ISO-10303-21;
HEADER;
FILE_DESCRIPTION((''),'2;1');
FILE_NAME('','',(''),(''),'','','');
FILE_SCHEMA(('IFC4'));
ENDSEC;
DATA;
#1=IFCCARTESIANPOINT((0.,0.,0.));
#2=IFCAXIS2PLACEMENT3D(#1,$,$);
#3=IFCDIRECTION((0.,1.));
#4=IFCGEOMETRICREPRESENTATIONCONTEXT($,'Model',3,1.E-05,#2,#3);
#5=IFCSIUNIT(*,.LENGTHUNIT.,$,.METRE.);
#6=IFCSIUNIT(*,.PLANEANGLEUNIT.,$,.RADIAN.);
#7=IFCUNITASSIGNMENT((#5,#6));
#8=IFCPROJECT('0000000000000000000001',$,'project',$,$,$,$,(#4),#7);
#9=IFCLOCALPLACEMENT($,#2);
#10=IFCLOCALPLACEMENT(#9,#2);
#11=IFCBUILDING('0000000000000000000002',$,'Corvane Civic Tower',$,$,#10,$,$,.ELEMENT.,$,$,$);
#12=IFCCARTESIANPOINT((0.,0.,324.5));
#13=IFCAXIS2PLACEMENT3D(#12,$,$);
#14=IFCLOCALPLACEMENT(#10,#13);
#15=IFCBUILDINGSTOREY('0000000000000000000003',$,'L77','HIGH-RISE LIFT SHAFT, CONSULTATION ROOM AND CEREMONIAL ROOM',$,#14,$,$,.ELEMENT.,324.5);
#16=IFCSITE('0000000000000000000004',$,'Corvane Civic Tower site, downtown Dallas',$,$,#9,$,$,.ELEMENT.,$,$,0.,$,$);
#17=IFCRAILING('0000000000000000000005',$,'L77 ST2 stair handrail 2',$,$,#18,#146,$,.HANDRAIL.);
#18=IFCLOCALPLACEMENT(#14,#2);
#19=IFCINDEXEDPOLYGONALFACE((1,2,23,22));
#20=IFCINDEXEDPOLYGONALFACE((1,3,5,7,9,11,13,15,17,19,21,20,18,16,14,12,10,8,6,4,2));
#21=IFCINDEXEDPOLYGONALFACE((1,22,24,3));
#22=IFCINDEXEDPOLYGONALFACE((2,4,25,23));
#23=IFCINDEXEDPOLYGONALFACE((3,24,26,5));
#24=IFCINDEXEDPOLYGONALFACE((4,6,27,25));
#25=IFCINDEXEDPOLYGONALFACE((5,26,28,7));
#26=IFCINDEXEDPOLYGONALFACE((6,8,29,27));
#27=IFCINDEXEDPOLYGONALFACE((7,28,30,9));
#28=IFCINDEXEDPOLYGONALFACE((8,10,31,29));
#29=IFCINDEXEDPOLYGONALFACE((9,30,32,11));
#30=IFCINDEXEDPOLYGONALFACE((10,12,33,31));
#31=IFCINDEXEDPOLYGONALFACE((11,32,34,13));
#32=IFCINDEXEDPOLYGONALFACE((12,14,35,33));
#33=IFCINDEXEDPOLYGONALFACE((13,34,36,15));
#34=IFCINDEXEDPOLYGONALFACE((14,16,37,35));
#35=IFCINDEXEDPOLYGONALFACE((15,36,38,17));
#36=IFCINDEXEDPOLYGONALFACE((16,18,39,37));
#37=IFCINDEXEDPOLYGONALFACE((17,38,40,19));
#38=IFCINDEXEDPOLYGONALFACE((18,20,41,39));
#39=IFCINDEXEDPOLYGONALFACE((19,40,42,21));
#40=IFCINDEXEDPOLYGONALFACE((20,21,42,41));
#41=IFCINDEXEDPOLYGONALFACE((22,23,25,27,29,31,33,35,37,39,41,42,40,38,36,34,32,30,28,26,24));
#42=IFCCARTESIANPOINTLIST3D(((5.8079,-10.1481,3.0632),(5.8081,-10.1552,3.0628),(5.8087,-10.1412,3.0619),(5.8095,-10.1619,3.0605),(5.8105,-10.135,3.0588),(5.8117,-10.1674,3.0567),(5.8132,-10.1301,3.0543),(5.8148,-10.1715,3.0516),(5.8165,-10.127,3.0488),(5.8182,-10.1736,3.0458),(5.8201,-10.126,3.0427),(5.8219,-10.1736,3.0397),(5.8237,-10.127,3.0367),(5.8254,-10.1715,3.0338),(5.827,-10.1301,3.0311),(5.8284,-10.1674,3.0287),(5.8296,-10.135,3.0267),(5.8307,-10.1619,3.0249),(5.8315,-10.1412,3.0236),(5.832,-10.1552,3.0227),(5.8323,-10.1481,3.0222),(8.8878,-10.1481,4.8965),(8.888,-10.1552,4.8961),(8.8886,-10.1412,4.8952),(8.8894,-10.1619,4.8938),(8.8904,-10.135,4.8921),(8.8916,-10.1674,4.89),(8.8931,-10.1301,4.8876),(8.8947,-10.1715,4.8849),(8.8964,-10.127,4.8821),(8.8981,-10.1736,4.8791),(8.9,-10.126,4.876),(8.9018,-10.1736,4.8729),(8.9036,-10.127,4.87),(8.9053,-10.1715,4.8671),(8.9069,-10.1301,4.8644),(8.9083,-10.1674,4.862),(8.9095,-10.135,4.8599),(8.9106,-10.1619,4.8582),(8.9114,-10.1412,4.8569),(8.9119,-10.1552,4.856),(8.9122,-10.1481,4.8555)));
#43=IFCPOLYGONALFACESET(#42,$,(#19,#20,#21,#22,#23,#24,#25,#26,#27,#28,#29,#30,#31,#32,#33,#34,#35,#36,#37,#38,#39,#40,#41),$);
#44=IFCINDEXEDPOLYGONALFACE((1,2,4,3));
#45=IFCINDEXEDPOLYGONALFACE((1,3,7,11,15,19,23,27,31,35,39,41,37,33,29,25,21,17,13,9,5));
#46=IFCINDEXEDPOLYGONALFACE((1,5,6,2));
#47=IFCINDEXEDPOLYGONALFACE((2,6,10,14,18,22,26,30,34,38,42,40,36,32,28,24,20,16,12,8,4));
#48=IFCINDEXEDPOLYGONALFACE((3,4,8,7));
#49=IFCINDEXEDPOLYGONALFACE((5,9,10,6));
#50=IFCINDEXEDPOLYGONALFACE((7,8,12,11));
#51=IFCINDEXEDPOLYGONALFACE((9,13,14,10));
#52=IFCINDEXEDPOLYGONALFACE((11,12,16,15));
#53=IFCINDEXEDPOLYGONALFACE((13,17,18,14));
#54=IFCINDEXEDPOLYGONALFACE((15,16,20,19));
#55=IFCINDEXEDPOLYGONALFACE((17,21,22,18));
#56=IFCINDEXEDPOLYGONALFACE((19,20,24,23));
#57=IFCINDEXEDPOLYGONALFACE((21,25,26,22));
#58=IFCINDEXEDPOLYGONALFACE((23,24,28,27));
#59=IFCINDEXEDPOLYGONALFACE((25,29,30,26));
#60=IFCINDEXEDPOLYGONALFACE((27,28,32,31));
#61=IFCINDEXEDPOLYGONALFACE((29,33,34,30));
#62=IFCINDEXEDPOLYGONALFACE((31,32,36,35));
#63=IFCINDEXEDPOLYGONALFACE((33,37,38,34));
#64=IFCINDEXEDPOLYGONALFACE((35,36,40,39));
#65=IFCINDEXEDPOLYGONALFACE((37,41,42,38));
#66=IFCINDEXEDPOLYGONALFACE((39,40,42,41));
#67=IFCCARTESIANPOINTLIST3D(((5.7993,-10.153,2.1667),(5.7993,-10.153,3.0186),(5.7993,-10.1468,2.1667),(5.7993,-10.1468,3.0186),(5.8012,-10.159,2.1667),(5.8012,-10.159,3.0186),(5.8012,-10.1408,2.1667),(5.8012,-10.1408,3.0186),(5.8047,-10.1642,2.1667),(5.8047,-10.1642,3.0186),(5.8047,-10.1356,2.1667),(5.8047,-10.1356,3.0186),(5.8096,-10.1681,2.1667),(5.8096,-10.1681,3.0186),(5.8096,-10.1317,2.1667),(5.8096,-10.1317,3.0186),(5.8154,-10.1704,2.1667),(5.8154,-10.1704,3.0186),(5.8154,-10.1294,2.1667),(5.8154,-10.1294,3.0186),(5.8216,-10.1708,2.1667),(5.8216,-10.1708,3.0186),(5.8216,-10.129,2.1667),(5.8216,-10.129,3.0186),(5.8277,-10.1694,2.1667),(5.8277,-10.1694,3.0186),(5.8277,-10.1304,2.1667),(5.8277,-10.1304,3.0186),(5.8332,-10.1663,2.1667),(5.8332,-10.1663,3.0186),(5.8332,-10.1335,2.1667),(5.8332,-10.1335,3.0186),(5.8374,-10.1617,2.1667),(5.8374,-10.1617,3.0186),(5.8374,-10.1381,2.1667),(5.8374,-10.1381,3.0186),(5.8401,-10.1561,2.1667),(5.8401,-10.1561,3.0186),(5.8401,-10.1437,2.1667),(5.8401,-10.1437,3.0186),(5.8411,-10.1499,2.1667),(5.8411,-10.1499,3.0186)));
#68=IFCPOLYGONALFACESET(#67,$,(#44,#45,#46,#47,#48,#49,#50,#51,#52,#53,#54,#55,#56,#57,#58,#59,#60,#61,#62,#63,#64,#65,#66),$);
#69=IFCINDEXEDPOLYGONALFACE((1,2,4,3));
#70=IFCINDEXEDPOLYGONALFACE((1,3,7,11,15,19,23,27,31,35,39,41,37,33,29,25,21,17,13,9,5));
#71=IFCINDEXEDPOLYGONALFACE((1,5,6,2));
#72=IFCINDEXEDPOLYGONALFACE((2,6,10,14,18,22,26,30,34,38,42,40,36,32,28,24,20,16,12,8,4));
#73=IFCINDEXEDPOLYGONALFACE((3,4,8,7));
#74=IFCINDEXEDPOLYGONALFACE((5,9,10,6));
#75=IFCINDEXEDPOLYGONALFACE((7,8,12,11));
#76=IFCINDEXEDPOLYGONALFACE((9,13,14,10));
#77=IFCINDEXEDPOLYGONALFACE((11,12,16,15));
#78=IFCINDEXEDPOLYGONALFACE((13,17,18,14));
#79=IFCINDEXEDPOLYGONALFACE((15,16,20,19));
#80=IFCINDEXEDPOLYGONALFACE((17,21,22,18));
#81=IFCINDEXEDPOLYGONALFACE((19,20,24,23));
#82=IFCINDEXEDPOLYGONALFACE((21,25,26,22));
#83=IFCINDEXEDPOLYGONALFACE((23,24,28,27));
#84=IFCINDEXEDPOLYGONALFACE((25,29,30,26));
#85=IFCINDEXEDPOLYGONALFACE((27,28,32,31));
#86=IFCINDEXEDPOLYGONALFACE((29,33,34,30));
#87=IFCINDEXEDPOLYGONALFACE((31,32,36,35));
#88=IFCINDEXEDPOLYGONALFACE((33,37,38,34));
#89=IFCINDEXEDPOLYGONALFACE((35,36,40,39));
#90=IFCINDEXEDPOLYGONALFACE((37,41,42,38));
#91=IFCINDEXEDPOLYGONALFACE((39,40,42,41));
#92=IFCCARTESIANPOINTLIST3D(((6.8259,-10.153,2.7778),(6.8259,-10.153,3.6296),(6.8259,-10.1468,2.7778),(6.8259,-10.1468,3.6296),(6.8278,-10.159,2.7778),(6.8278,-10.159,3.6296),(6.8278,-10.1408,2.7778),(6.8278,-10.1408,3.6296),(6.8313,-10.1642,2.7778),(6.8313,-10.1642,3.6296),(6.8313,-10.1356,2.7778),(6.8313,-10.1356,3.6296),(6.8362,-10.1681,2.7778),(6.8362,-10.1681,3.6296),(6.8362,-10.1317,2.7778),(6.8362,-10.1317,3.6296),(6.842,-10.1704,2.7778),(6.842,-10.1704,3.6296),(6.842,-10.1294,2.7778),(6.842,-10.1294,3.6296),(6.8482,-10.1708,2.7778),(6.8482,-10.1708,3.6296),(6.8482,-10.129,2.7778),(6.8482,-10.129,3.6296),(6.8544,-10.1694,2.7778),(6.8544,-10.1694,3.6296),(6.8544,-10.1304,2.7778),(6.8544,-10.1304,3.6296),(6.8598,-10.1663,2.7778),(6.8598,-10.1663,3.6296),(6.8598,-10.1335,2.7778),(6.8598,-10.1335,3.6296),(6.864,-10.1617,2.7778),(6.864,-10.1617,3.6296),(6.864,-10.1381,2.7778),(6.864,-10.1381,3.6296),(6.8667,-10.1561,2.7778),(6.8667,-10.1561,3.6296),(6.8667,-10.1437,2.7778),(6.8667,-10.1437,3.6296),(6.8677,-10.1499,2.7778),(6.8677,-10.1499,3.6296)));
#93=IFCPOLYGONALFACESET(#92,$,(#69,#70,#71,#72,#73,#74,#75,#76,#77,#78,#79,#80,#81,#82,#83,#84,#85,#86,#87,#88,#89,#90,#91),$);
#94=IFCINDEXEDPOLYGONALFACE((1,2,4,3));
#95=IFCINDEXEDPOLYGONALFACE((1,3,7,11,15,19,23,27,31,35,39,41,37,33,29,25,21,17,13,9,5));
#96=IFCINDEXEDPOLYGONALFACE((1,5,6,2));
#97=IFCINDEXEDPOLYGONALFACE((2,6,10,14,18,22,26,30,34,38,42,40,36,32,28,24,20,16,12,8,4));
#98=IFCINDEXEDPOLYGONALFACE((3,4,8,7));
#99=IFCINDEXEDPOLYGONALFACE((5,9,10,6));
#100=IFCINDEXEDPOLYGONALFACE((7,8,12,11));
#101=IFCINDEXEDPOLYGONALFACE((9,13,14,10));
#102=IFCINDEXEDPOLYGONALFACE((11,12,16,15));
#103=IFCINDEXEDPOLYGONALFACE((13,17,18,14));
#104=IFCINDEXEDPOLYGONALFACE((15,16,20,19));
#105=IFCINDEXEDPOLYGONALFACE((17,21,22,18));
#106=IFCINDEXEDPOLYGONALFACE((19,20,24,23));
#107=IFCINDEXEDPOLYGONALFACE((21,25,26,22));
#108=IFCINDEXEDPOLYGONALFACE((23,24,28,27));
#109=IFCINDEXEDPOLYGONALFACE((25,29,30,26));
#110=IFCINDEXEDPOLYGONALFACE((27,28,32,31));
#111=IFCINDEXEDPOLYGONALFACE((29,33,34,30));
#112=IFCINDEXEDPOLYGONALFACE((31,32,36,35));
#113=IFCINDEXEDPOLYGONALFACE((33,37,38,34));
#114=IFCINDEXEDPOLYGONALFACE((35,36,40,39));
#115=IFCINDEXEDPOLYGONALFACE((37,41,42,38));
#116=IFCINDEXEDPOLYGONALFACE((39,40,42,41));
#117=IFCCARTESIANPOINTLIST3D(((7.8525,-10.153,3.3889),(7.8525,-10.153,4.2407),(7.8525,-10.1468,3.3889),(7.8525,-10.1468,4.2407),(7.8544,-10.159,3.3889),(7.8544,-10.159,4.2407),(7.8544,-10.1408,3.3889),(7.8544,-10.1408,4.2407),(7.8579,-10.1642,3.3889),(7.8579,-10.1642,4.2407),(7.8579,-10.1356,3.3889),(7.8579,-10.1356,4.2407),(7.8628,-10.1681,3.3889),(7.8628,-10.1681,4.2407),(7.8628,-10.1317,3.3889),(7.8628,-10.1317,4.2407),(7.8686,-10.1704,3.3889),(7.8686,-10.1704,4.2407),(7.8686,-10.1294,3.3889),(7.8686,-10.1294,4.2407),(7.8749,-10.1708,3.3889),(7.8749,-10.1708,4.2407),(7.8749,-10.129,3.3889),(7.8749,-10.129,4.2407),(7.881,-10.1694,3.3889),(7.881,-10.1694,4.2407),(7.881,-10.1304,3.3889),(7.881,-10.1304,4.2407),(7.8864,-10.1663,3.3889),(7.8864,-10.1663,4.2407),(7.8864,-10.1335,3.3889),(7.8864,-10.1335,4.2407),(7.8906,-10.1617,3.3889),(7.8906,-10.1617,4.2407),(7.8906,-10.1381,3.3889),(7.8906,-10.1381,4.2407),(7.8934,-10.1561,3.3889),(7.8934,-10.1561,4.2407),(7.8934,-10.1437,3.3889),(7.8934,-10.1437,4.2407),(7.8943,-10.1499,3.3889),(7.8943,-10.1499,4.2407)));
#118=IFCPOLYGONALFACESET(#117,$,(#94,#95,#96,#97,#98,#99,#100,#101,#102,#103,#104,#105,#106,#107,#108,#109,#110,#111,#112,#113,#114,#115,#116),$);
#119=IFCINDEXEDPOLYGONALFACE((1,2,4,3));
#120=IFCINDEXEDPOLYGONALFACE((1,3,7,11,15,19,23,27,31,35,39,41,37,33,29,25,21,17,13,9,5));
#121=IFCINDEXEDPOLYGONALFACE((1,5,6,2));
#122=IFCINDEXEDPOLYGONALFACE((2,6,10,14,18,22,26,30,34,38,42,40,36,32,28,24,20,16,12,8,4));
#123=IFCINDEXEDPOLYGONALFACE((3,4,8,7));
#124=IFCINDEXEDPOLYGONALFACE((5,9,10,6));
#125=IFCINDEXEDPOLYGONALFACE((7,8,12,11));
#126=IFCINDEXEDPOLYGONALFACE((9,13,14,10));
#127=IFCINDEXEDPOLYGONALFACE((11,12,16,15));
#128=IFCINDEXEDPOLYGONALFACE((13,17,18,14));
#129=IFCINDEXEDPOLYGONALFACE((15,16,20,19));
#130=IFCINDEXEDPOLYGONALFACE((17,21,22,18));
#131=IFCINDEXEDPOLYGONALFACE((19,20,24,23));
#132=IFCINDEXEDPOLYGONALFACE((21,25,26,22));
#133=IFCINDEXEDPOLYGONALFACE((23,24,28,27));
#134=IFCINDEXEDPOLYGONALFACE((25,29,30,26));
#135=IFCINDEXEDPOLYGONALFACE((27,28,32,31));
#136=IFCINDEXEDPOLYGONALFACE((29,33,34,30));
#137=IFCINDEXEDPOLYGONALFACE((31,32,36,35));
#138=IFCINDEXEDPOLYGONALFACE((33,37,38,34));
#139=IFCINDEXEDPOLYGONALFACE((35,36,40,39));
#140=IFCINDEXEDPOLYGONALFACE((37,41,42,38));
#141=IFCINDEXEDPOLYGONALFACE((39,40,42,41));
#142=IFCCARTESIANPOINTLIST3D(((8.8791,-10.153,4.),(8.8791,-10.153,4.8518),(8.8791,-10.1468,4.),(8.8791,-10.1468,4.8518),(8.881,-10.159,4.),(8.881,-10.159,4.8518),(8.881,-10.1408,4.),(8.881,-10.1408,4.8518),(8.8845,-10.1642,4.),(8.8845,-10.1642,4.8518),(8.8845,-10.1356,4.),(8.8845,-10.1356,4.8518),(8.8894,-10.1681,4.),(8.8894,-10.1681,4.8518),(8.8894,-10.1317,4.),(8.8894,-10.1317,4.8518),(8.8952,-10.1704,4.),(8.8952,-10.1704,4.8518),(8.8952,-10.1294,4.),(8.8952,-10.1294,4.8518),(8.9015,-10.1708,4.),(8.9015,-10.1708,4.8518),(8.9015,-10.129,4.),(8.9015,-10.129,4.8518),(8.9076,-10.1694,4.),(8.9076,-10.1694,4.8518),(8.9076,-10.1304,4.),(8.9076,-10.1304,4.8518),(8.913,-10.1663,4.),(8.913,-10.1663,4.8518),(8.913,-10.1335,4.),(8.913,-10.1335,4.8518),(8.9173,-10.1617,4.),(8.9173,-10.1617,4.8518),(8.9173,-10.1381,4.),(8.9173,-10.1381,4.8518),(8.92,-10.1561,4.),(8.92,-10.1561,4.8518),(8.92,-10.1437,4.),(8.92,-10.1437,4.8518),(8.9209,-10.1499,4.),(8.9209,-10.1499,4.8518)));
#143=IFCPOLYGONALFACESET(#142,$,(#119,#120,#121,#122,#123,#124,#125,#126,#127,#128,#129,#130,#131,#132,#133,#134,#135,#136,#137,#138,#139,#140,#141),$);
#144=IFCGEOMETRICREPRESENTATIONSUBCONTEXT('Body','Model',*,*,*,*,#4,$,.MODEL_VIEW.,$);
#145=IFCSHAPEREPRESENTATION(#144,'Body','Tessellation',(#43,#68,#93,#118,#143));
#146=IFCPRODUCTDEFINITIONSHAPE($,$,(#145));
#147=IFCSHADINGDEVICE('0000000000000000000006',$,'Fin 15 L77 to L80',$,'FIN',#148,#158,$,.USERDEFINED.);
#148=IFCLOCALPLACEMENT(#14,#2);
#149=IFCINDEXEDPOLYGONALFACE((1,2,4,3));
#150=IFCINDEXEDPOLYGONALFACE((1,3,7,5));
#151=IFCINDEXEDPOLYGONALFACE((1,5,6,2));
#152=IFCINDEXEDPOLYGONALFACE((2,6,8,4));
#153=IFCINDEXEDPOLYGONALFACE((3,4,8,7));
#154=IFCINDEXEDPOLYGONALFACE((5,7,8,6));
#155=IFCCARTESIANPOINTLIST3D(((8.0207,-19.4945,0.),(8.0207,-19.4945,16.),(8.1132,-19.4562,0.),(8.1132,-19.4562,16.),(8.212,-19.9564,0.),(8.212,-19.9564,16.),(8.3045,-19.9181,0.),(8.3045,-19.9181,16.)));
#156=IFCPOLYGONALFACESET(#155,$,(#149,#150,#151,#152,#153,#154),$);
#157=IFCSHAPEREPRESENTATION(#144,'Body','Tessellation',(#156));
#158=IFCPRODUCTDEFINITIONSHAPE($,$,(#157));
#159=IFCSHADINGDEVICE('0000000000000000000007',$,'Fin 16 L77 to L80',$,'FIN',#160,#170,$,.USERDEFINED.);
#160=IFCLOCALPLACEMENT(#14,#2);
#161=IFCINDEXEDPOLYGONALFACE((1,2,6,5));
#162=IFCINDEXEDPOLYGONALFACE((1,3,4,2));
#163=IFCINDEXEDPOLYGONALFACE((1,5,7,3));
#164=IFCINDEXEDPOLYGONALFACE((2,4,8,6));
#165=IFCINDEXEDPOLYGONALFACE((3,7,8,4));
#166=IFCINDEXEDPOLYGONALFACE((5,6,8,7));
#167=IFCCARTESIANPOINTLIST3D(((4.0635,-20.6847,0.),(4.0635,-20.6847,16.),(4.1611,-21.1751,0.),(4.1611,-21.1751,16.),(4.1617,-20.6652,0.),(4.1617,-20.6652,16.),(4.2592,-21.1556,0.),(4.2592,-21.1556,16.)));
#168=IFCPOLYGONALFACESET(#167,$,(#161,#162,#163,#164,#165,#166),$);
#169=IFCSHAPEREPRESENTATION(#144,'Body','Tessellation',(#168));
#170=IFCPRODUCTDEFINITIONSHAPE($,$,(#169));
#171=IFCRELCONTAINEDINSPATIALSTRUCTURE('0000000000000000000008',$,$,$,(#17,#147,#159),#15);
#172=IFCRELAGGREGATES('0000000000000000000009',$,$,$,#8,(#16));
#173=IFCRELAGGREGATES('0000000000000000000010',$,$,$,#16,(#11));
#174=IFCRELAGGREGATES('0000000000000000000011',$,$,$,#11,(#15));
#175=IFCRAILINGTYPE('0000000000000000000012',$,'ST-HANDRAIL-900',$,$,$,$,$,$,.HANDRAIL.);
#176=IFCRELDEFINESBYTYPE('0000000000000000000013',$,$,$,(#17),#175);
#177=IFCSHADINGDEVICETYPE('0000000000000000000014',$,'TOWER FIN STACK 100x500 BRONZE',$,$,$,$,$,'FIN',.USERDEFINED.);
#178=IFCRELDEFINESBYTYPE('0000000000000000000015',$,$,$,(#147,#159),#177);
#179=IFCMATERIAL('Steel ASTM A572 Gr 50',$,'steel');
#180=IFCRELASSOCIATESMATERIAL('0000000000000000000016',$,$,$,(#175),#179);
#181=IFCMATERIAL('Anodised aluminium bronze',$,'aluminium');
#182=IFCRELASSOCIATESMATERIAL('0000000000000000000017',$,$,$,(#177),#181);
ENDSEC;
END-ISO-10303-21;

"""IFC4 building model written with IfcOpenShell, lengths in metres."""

from ifc_helpers import new_model, si_unit, direction, frame, origin, origin_2d, place, context, subcontext, project, spatial, rectangle, circle, extrude, material, material_profile, profile_set, type_object, element, save


model = new_model("IFC4")

# Units and contexts
model_context = context("Model", 3, precision=1e-05, world=origin(), true_north=direction((0.0, 1.0)))
body_context = subcontext(model_context, "Body", "Model", "MODEL_VIEW")
ifc_project = project(units=[si_unit("LENGTHUNIT", "METRE"), si_unit("PLANEANGLEUNIT", "RADIAN")], contexts=[model_context])

# Site, building, storey
site_placement = place(None, origin())
site = spatial("IfcSite", under=ifc_project, at=site_placement, Name="Corvane Civic Tower site, downtown Dallas", CompositionType="ELEMENT", RefElevation=0.0)
building_placement = place(site_placement, origin())
building = spatial("IfcBuilding", under=site, at=building_placement, Name="Corvane Civic Tower", CompositionType="ELEMENT")
storey_placement = place(building_placement, frame((0.0, 0.0, 324.5)))
storey = spatial("IfcBuildingStorey", under=building, at=storey_placement, Name="L77", Description="HIGH-RISE LIFT SHAFT, CONSULTATION ROOM AND CEREMONIAL ROOM", CompositionType="ELEMENT", Elevation=324.5)

# Railing
ifc_material_1 = material(Name="Steel ASTM A572 Gr 50", Category="steel")
railing_type_1 = type_object("IfcRailingType", Name="ST-HANDRAIL-900", PredefinedType="HANDRAIL", material=ifc_material_1)
railing_1_placement = place(storey_placement, frame((5.8201, -10.1499, 2.1667)))
element("IfcRailing", 1, at=railing_1_placement, inside=storey, type_object=railing_type_1, Name="L77 ST2 stair handrail 2", PredefinedType="HANDRAIL", context=body_context, shape_type="SweptSolid", body=[
    extrude(circle(Radius=0.0239, at=origin_2d()), frame((0.0, 0.0, 0.876), z_axis=(0.859291, 0.0, 0.511487), x_axis=(0.0, 1.0, 0.0)), (0.0, 0.0, 1.0), 3.5842),
    extrude(circle(Radius=0.021, at=origin_2d()), origin(), (0.0, 0.0, 1.0), 0.8518),
    extrude(circle(Radius=0.021, at=origin_2d()), frame((1.0266, 0.0, 0.6111)), (0.0, 0.0, 1.0), 0.8518),
    extrude(circle(Radius=0.021, at=origin_2d()), frame((2.0532, 0.0, 1.2222)), (0.0, 0.0, 1.0), 0.8518),
    extrude(circle(Radius=0.021, at=origin_2d()), frame((3.0798, 0.0, 1.8333)), (0.0, 0.0, 1.0), 0.8518),
])

# Shading devices
ifc_material_2 = material(Name="Anodised aluminium bronze", Category="aluminium")
ifc_material_profile_1 = material_profile(ifc_material_2, rectangle(XDim=0.1001, YDim=0.5, at=origin_2d()), Name="TOWER FIN STACK 100x500 BRONZE")
ifc_profile_set_1 = profile_set([ifc_material_profile_1], Name="Anodised aluminium bronze")
shading_device_type = type_object("IfcShadingDeviceType", Name="TOWER FIN STACK 100x500 BRONZE", ElementType="FIN", PredefinedType="USERDEFINED", material=ifc_profile_set_1)
for number, where, z_axis, x_axis, name in (
    (2, (8.1626, -19.7063, 0.0), (0.0, 0.0, 1.0), (-0.92388, -0.382683, 0.0), "Fin 15 L77 to L80"),
    (3, (4.1614, -20.9202, 0.0), (0.0, 0.0, 1.0), (-0.980785, -0.19509, 0.0), "Fin 16 L77 to L80"),
):
    element("IfcShadingDevice", number, at=place(storey_placement, frame(where, z_axis=z_axis, x_axis=x_axis)), inside=storey, type_object=shading_device_type, Name=name, ObjectType="FIN", PredefinedType="USERDEFINED", context=body_context, shape_type="SweptSolid", body=[
        extrude(rectangle(XDim=0.1001, YDim=0.5, at=origin_2d()), origin(), (0.0, 0.0, 1.0), 16.0),
    ])

save(model, "model.ifc")
